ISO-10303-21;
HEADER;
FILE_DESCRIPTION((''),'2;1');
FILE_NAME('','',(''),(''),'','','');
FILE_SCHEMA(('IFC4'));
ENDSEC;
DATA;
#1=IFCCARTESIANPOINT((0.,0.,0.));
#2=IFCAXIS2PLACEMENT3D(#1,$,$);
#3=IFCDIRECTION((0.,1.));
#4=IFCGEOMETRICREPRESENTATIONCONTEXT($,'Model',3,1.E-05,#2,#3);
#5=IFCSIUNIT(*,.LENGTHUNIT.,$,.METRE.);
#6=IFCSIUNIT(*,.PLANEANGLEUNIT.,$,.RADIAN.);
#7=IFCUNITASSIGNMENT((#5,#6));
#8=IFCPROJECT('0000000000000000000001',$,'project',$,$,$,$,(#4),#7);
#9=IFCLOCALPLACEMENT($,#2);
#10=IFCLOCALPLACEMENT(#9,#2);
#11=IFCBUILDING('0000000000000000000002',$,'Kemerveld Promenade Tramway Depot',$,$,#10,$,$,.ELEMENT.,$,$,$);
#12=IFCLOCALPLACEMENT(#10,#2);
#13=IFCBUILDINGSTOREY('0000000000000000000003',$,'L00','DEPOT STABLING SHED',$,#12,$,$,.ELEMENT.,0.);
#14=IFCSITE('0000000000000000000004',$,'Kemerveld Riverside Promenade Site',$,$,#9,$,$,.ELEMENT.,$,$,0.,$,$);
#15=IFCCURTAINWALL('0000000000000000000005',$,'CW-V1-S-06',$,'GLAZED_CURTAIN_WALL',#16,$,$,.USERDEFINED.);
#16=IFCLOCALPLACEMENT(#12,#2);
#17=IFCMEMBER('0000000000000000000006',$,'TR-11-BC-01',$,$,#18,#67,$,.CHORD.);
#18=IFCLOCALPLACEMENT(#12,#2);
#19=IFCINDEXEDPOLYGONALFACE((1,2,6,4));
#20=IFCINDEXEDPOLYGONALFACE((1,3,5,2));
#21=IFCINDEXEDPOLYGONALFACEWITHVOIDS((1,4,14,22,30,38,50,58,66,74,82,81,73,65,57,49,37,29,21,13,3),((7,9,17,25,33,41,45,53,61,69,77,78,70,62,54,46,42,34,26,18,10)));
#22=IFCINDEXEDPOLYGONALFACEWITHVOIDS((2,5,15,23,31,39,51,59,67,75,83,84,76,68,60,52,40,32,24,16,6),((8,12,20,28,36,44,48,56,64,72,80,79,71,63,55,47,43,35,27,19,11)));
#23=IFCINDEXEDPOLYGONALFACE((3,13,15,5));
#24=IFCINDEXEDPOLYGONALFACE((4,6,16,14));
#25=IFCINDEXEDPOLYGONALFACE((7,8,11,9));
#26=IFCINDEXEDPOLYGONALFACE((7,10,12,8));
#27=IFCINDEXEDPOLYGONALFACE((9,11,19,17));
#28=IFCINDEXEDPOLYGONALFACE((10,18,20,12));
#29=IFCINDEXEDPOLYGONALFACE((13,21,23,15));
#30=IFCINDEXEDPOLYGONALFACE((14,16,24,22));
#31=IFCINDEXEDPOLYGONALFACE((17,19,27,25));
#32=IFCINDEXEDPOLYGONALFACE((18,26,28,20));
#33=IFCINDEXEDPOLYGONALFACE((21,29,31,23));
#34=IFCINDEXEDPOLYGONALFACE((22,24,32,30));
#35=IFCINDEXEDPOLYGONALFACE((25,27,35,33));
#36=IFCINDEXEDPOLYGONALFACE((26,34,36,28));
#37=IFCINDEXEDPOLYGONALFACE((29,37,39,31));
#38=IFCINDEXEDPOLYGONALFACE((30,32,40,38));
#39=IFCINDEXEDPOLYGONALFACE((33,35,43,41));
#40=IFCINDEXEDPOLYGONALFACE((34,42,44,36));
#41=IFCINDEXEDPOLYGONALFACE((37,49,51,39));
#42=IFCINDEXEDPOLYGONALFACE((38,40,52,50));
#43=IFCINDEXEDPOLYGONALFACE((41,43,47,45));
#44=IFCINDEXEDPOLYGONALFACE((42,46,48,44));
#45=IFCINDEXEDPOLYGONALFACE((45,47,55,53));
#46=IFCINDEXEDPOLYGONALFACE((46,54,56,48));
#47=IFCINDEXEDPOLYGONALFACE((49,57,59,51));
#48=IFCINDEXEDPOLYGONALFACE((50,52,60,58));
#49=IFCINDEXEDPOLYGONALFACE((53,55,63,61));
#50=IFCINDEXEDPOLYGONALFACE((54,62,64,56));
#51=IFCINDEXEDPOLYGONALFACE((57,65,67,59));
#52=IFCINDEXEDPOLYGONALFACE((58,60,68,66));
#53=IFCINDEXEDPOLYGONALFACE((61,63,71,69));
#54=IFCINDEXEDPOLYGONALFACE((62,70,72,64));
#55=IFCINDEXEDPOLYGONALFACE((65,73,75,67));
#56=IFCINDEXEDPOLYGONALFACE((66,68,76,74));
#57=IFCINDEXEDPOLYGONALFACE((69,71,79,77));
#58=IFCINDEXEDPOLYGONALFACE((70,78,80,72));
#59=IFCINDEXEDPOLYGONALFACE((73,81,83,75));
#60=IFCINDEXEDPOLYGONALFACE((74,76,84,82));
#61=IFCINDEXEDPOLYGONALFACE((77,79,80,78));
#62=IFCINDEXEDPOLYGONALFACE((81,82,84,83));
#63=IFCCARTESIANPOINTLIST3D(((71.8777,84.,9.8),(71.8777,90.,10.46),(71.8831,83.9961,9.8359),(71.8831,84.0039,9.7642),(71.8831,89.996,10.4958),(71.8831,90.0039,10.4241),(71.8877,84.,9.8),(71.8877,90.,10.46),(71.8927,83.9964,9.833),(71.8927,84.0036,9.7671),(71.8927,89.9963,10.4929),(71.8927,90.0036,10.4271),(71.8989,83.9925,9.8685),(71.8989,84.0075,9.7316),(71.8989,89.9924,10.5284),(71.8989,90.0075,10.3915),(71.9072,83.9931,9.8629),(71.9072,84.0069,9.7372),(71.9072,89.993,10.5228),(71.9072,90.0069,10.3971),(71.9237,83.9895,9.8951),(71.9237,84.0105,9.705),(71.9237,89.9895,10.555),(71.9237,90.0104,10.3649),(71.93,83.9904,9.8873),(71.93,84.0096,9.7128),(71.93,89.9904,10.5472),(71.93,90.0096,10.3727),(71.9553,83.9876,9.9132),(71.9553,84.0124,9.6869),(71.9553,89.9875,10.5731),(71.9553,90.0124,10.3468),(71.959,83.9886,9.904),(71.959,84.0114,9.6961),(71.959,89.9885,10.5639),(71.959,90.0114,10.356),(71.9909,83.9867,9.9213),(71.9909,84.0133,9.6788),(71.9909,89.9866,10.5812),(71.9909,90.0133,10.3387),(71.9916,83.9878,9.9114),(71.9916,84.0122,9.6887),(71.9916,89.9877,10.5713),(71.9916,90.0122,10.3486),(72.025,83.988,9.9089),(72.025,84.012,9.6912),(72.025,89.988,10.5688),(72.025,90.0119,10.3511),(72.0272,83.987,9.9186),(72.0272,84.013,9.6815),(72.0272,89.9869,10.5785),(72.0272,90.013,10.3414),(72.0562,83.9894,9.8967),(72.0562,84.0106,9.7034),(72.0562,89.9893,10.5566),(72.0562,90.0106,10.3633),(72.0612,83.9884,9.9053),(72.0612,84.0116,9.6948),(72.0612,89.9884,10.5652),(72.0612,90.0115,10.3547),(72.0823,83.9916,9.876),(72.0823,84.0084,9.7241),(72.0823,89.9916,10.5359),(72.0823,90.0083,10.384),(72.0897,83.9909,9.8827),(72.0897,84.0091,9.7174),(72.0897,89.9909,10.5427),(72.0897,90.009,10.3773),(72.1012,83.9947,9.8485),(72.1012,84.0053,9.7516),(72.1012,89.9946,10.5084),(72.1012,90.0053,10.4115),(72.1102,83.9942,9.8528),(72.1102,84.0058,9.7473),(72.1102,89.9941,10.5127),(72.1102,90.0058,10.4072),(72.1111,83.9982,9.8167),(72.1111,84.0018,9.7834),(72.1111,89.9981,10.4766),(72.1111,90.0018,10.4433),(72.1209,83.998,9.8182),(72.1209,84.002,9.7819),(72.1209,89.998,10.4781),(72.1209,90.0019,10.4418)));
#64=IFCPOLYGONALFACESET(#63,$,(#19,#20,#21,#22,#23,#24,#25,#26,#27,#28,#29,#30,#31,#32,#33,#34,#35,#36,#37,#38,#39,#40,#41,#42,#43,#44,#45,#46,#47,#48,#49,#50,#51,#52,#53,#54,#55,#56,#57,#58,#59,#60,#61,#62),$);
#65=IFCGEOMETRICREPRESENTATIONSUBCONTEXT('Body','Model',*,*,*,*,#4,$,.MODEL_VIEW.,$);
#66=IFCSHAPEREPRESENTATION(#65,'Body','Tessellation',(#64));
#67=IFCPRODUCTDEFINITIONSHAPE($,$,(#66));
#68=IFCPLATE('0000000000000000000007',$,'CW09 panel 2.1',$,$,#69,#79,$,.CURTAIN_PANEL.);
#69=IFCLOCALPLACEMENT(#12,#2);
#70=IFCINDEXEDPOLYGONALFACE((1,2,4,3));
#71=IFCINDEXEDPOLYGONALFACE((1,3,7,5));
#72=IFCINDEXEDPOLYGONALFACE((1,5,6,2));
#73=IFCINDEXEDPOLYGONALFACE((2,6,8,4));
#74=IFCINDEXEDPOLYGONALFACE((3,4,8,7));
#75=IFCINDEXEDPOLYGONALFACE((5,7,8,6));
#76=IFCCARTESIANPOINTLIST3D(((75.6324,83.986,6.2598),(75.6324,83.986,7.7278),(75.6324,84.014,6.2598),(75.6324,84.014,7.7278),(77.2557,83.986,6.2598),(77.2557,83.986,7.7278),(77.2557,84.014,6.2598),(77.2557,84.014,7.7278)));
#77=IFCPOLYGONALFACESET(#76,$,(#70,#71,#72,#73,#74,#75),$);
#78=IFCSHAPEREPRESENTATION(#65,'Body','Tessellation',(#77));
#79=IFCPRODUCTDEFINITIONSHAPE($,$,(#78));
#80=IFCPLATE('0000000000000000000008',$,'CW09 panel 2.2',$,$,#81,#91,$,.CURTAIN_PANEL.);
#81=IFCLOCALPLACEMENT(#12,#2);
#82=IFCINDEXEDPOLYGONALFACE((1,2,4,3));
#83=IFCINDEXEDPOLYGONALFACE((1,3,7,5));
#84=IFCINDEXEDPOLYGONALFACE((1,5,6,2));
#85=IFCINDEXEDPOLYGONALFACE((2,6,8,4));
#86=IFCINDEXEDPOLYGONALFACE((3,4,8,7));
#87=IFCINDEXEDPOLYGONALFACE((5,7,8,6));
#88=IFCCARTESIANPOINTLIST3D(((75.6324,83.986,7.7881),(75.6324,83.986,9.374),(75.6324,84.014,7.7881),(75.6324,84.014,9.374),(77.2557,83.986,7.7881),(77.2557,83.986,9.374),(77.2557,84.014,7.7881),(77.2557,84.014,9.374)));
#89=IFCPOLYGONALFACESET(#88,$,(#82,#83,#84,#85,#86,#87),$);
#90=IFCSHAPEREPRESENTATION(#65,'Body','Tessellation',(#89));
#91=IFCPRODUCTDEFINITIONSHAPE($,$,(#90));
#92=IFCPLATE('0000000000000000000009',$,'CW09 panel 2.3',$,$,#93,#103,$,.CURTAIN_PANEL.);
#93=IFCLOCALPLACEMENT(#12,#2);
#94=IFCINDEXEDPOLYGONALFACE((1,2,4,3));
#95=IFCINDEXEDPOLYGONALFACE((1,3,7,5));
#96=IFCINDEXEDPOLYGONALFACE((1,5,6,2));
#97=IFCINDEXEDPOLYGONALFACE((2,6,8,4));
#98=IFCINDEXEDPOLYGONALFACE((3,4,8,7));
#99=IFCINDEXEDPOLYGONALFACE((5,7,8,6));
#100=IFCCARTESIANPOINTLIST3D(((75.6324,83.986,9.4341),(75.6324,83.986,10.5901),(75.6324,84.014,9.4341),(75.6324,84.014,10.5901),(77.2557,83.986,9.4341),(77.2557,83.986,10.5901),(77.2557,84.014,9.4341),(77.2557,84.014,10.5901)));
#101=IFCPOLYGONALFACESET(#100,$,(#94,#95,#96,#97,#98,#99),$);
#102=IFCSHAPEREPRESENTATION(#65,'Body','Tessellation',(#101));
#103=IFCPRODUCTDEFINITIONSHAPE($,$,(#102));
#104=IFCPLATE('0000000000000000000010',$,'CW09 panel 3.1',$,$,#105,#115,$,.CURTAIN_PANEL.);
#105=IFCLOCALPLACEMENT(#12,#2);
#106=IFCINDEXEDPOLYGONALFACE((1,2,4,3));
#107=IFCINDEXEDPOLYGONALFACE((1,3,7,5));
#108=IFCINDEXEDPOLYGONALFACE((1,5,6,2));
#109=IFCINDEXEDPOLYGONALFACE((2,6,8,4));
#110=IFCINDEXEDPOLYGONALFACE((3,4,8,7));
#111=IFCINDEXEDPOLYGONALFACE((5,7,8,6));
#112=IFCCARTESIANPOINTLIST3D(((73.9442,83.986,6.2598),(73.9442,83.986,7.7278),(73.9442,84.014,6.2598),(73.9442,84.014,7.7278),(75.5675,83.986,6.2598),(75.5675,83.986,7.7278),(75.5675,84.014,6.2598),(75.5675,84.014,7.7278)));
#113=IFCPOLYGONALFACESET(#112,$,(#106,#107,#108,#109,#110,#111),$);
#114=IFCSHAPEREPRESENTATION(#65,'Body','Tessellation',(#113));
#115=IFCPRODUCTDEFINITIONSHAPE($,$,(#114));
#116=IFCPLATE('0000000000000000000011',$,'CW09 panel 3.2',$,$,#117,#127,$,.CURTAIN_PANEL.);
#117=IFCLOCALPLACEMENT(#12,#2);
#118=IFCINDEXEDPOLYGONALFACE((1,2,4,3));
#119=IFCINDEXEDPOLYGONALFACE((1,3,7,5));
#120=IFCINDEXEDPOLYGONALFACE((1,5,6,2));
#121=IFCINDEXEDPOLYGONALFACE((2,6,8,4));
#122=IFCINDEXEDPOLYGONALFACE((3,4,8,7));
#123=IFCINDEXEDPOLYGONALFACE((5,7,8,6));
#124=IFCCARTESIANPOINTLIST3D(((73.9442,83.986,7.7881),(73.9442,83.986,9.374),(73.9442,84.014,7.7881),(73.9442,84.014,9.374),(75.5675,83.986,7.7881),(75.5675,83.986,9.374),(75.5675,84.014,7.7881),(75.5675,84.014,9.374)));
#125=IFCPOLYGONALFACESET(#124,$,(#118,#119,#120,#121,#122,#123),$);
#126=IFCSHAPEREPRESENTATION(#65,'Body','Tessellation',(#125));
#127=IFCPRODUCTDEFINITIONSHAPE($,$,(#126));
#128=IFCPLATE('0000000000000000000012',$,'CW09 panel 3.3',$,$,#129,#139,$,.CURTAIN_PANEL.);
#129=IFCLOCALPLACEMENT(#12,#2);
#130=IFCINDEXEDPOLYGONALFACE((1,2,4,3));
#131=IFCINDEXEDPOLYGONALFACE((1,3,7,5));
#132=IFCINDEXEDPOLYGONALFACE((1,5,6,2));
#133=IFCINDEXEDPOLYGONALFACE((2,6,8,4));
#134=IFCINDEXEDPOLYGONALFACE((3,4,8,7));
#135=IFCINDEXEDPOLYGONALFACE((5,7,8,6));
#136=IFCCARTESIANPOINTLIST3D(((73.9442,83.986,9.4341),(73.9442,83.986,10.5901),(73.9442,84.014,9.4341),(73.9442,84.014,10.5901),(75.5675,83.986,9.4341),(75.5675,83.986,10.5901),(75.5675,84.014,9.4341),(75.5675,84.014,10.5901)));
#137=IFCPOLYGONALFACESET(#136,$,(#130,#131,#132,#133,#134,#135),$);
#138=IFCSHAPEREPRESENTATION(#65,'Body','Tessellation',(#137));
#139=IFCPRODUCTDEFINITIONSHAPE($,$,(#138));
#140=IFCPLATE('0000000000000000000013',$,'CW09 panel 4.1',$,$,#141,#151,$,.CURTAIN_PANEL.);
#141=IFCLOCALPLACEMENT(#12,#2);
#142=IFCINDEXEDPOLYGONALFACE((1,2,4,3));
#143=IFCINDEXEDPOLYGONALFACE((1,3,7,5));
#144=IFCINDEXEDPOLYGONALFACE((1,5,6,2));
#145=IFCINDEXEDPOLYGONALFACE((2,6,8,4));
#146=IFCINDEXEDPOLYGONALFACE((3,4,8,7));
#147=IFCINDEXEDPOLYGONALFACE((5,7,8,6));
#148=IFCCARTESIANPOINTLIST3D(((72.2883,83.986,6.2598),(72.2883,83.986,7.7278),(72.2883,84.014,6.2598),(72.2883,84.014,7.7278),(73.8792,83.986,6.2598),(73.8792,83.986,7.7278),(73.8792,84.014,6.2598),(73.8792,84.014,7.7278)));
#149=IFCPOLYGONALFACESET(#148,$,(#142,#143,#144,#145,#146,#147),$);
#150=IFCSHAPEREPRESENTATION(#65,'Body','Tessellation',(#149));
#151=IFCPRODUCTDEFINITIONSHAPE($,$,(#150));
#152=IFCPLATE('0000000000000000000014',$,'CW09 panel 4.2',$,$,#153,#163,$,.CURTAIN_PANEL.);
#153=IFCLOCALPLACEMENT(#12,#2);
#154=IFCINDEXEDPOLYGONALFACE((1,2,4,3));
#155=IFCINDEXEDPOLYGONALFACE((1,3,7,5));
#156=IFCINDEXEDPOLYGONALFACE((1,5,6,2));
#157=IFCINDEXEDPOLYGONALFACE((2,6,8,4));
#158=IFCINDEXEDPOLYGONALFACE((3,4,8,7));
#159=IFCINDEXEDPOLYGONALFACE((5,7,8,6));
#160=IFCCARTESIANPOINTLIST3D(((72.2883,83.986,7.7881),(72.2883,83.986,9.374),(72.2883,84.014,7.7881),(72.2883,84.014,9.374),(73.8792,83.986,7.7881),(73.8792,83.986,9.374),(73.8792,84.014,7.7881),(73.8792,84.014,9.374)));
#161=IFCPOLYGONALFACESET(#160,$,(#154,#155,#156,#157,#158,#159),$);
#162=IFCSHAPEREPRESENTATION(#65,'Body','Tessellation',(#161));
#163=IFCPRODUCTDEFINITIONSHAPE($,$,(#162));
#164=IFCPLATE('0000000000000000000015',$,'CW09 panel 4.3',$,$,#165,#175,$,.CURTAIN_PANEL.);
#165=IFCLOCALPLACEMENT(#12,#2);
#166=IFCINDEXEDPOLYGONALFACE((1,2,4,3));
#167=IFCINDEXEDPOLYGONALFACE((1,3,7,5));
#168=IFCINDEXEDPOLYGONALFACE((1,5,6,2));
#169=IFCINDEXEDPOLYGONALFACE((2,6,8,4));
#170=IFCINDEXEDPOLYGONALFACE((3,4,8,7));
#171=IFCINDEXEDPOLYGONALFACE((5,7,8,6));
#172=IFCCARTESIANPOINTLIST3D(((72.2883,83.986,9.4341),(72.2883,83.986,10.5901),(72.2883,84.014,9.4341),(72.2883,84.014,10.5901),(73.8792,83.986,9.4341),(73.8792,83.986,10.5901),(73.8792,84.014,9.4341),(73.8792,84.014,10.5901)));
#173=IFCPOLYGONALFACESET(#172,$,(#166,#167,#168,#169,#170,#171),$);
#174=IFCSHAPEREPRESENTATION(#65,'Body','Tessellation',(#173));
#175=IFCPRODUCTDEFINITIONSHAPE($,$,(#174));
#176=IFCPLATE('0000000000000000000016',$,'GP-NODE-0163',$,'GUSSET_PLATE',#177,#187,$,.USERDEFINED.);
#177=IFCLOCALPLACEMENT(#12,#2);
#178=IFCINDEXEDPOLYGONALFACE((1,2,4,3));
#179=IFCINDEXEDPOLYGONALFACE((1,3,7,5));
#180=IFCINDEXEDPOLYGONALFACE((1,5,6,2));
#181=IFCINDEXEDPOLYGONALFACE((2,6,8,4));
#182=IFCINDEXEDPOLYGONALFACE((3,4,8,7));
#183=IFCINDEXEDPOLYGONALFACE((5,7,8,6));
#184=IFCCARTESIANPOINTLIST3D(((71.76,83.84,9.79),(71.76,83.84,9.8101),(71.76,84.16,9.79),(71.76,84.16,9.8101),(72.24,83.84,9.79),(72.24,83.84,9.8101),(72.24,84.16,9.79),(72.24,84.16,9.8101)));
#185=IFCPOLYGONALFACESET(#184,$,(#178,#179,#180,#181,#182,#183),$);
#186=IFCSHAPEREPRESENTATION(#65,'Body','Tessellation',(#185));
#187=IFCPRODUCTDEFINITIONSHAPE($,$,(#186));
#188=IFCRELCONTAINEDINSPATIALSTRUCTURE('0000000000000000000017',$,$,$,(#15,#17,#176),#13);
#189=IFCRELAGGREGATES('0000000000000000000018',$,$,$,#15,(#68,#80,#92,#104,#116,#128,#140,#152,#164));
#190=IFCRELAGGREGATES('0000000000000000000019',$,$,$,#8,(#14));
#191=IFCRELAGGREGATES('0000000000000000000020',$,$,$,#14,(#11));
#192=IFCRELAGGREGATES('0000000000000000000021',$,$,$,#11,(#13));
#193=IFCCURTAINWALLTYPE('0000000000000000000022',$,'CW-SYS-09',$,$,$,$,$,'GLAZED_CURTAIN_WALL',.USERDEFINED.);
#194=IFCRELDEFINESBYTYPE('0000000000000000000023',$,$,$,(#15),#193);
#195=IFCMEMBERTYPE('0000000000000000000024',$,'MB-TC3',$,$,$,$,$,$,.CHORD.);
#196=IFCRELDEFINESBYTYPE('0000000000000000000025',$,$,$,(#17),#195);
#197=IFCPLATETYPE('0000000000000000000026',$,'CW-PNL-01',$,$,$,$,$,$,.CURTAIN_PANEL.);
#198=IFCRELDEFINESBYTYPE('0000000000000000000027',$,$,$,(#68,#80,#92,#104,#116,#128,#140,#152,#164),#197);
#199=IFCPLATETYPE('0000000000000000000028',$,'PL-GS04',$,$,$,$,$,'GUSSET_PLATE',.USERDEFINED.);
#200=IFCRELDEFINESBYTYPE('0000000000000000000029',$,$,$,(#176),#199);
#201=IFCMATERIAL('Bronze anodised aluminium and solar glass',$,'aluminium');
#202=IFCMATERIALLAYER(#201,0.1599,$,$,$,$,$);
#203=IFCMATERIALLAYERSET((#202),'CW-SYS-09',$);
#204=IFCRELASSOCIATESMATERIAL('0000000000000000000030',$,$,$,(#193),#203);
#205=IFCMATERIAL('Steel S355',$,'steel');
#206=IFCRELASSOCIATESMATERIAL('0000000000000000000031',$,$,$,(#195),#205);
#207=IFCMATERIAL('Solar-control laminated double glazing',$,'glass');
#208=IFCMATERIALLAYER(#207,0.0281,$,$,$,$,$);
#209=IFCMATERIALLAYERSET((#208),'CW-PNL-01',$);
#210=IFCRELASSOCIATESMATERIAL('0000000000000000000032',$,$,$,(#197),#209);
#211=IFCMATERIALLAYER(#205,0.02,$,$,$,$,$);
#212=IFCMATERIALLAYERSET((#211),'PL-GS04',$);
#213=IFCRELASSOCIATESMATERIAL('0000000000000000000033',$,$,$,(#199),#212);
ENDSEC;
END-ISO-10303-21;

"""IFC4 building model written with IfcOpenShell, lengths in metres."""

from ifc_helpers import new_model, si_unit, direction, frame, origin, origin_2d, place, context, subcontext, project, spatial, rectangle, hollow_circle, extrude, material, layer, layer_set, material_profile, profile_set, type_object, element, aggregate, save


model = new_model("IFC4")

# Units and contexts
model_context = context("Model", 3, precision=1e-05, world=origin(), true_north=direction((0.0, 1.0)))
body_context = subcontext(model_context, "Body", "Model", "MODEL_VIEW")
ifc_project = project(units=[si_unit("LENGTHUNIT", "METRE"), si_unit("PLANEANGLEUNIT", "RADIAN")], contexts=[model_context])

# Site, building, storey
site_placement = place(None, origin())
site = spatial("IfcSite", under=ifc_project, at=site_placement, Name="Kemerveld Riverside Promenade Site", CompositionType="ELEMENT", RefElevation=0.0)
building_placement = place(site_placement, origin())
building = spatial("IfcBuilding", under=site, at=building_placement, Name="Kemerveld Promenade Tramway Depot", CompositionType="ELEMENT")
storey_placement = place(building_placement, origin())
storey = spatial("IfcBuildingStorey", under=building, at=storey_placement, Name="L00", Description="DEPOT STABLING SHED", CompositionType="ELEMENT", Elevation=0.0)

# Shared definitions
ifc_material_1 = material(Name="Steel S355", Category="steel")

# Curtain wall
ifc_material_2 = material(Name="Bronze anodised aluminium and solar glass", Category="aluminium")
ifc_layer_1 = layer(ifc_material_2, 0.1599)
ifc_layer_set_1 = layer_set([ifc_layer_1], Name="CW-SYS-09")
curtain_wall_type_1 = type_object("IfcCurtainWallType", Name="CW-SYS-09", ElementType="GLAZED_CURTAIN_WALL", PredefinedType="USERDEFINED", material=ifc_layer_set_1)
curtain_wall_1_placement = place(storey_placement, origin())
curtain_wall_1 = element("IfcCurtainWall", 1, at=curtain_wall_1_placement, inside=storey, type_object=curtain_wall_type_1, Name="CW-V1-S-06", ObjectType="GLAZED_CURTAIN_WALL", PredefinedType="USERDEFINED")

# Member
ifc_material_profile_1 = material_profile(ifc_material_1, hollow_circle(Radius=0.1223, WallThickness=0.01, at=origin_2d()), Name="244.5x10.0 CHS")
ifc_profile_set_1 = profile_set([ifc_material_profile_1], Name="Steel S355")
member_type_1 = type_object("IfcMemberType", Name="MB-TC3", PredefinedType="CHORD", material=ifc_profile_set_1)
member_1_placement = place(storey_placement, frame((72.0, 84.0, 9.8), z_axis=(0.0, 0.994006, 0.109326), x_axis=(-1.0, 0.0, 0.0)))
element("IfcMember", 2, at=member_1_placement, inside=storey, type_object=member_type_1, Name="TR-11-BC-01", PredefinedType="CHORD", context=body_context, shape_type="SweptSolid", body=[
    extrude(hollow_circle(Radius=0.1223, WallThickness=0.01, at=origin_2d()), origin(), (0.0, 0.0, 1.0), 6.0361),
])

# Plates
ifc_material_3 = material(Name="Solar-control laminated double glazing", Category="glass")
ifc_layer_2 = layer(ifc_material_3, 0.0281)
ifc_layer_set_2 = layer_set([ifc_layer_2], Name="CW-PNL-01")
plate_type_1 = type_object("IfcPlateType", Name="CW-PNL-01", PredefinedType="CURTAIN_PANEL", material=ifc_layer_set_2)
plate_1_placement = place(storey_placement, frame((76.4441, 84.0, 6.2598), z_axis=(0.0, 0.0, 1.0), x_axis=(-1.0, 0.0, 0.0)))
plate_1 = element("IfcPlate", 3, at=plate_1_placement, type_object=plate_type_1, Name="CW09 panel 2.1", PredefinedType="CURTAIN_PANEL", context=body_context, shape_type="SweptSolid", body=[
    extrude(rectangle(XDim=1.6233, YDim=0.0281, at=origin_2d()), origin(), (0.0, 0.0, 1.0), 1.468),
])
plate_2_placement = place(storey_placement, frame((76.4441, 84.0, 7.7881), z_axis=(0.0, 0.0, 1.0), x_axis=(-1.0, 0.0, 0.0)))
plate_2 = element("IfcPlate", 4, at=plate_2_placement, type_object=plate_type_1, Name="CW09 panel 2.2", PredefinedType="CURTAIN_PANEL", context=body_context, shape_type="SweptSolid", body=[
    extrude(rectangle(XDim=1.6233, YDim=0.0281, at=origin_2d()), origin(), (0.0, 0.0, 1.0), 1.5859),
])
plate_3_placement = place(storey_placement, frame((76.4441, 84.0, 9.4341), z_axis=(0.0, 0.0, 1.0), x_axis=(-1.0, 0.0, 0.0)))
plate_3 = element("IfcPlate", 5, at=plate_3_placement, type_object=plate_type_1, Name="CW09 panel 2.3", PredefinedType="CURTAIN_PANEL", context=body_context, shape_type="SweptSolid", body=[
    extrude(rectangle(XDim=1.6233, YDim=0.0281, at=origin_2d()), origin(), (0.0, 0.0, 1.0), 1.156),
])
plate_4_placement = place(storey_placement, frame((74.7559, 84.0, 6.2598), z_axis=(0.0, 0.0, 1.0), x_axis=(-1.0, 0.0, 0.0)))
plate_4 = element("IfcPlate", 6, at=plate_4_placement, type_object=plate_type_1, Name="CW09 panel 3.1", PredefinedType="CURTAIN_PANEL", context=body_context, shape_type="SweptSolid", body=[
    extrude(rectangle(XDim=1.6233, YDim=0.0281, at=origin_2d()), origin(), (0.0, 0.0, 1.0), 1.468),
])
plate_5_placement = place(storey_placement, frame((74.7559, 84.0, 7.7881), z_axis=(0.0, 0.0, 1.0), x_axis=(-1.0, 0.0, 0.0)))
plate_5 = element("IfcPlate", 7, at=plate_5_placement, type_object=plate_type_1, Name="CW09 panel 3.2", PredefinedType="CURTAIN_PANEL", context=body_context, shape_type="SweptSolid", body=[
    extrude(rectangle(XDim=1.6233, YDim=0.0281, at=origin_2d()), origin(), (0.0, 0.0, 1.0), 1.5859),
])
plate_6_placement = place(storey_placement, frame((74.7559, 84.0, 9.4341), z_axis=(0.0, 0.0, 1.0), x_axis=(-1.0, 0.0, 0.0)))
plate_6 = element("IfcPlate", 8, at=plate_6_placement, type_object=plate_type_1, Name="CW09 panel 3.3", PredefinedType="CURTAIN_PANEL", context=body_context, shape_type="SweptSolid", body=[
    extrude(rectangle(XDim=1.6233, YDim=0.0281, at=origin_2d()), origin(), (0.0, 0.0, 1.0), 1.156),
])
plate_7_placement = place(storey_placement, frame((73.0837, 84.0, 6.2598), z_axis=(0.0, 0.0, 1.0), x_axis=(-1.0, 0.0, 0.0)))
plate_7 = element("IfcPlate", 9, at=plate_7_placement, type_object=plate_type_1, Name="CW09 panel 4.1", PredefinedType="CURTAIN_PANEL", context=body_context, shape_type="SweptSolid", body=[
    extrude(rectangle(XDim=1.5908, YDim=0.0281, at=origin_2d()), origin(), (0.0, 0.0, 1.0), 1.468),
])
plate_8_placement = place(storey_placement, frame((73.0837, 84.0, 7.7881), z_axis=(0.0, 0.0, 1.0), x_axis=(-1.0, 0.0, 0.0)))
plate_8 = element("IfcPlate", 10, at=plate_8_placement, type_object=plate_type_1, Name="CW09 panel 4.2", PredefinedType="CURTAIN_PANEL", context=body_context, shape_type="SweptSolid", body=[
    extrude(rectangle(XDim=1.5908, YDim=0.0281, at=origin_2d()), origin(), (0.0, 0.0, 1.0), 1.5859),
])
plate_9_placement = place(storey_placement, frame((73.0837, 84.0, 9.4341), z_axis=(0.0, 0.0, 1.0), x_axis=(-1.0, 0.0, 0.0)))
plate_9 = element("IfcPlate", 11, at=plate_9_placement, type_object=plate_type_1, Name="CW09 panel 4.3", PredefinedType="CURTAIN_PANEL", context=body_context, shape_type="SweptSolid", body=[
    extrude(rectangle(XDim=1.5908, YDim=0.0281, at=origin_2d()), origin(), (0.0, 0.0, 1.0), 1.156),
])
aggregate(curtain_wall_1, [plate_1, plate_2, plate_3, plate_4, plate_5, plate_6, plate_7, plate_8, plate_9])

# Plate
ifc_layer_3 = layer(ifc_material_1, 0.02)
ifc_layer_set_3 = layer_set([ifc_layer_3], Name="PL-GS04")
plate_type_2 = type_object("IfcPlateType", Name="PL-GS04", ElementType="GUSSET_PLATE", PredefinedType="USERDEFINED", material=ifc_layer_set_3)
plate_10_placement = place(storey_placement, frame((72.0, 84.0, 9.79), z_axis=(0.0, 0.0, 1.0), x_axis=(1.0, 0.0, 0.0)))
element("IfcPlate", 12, at=plate_10_placement, inside=storey, type_object=plate_type_2, Name="GP-NODE-0163", ObjectType="GUSSET_PLATE", PredefinedType="USERDEFINED", context=body_context, shape_type="SweptSolid", body=[
    extrude(rectangle(XDim=0.48, YDim=0.3201, at=origin_2d()), origin(), (0.0, 0.0, 1.0), 0.02),
])

save(model, "model.ifc")
